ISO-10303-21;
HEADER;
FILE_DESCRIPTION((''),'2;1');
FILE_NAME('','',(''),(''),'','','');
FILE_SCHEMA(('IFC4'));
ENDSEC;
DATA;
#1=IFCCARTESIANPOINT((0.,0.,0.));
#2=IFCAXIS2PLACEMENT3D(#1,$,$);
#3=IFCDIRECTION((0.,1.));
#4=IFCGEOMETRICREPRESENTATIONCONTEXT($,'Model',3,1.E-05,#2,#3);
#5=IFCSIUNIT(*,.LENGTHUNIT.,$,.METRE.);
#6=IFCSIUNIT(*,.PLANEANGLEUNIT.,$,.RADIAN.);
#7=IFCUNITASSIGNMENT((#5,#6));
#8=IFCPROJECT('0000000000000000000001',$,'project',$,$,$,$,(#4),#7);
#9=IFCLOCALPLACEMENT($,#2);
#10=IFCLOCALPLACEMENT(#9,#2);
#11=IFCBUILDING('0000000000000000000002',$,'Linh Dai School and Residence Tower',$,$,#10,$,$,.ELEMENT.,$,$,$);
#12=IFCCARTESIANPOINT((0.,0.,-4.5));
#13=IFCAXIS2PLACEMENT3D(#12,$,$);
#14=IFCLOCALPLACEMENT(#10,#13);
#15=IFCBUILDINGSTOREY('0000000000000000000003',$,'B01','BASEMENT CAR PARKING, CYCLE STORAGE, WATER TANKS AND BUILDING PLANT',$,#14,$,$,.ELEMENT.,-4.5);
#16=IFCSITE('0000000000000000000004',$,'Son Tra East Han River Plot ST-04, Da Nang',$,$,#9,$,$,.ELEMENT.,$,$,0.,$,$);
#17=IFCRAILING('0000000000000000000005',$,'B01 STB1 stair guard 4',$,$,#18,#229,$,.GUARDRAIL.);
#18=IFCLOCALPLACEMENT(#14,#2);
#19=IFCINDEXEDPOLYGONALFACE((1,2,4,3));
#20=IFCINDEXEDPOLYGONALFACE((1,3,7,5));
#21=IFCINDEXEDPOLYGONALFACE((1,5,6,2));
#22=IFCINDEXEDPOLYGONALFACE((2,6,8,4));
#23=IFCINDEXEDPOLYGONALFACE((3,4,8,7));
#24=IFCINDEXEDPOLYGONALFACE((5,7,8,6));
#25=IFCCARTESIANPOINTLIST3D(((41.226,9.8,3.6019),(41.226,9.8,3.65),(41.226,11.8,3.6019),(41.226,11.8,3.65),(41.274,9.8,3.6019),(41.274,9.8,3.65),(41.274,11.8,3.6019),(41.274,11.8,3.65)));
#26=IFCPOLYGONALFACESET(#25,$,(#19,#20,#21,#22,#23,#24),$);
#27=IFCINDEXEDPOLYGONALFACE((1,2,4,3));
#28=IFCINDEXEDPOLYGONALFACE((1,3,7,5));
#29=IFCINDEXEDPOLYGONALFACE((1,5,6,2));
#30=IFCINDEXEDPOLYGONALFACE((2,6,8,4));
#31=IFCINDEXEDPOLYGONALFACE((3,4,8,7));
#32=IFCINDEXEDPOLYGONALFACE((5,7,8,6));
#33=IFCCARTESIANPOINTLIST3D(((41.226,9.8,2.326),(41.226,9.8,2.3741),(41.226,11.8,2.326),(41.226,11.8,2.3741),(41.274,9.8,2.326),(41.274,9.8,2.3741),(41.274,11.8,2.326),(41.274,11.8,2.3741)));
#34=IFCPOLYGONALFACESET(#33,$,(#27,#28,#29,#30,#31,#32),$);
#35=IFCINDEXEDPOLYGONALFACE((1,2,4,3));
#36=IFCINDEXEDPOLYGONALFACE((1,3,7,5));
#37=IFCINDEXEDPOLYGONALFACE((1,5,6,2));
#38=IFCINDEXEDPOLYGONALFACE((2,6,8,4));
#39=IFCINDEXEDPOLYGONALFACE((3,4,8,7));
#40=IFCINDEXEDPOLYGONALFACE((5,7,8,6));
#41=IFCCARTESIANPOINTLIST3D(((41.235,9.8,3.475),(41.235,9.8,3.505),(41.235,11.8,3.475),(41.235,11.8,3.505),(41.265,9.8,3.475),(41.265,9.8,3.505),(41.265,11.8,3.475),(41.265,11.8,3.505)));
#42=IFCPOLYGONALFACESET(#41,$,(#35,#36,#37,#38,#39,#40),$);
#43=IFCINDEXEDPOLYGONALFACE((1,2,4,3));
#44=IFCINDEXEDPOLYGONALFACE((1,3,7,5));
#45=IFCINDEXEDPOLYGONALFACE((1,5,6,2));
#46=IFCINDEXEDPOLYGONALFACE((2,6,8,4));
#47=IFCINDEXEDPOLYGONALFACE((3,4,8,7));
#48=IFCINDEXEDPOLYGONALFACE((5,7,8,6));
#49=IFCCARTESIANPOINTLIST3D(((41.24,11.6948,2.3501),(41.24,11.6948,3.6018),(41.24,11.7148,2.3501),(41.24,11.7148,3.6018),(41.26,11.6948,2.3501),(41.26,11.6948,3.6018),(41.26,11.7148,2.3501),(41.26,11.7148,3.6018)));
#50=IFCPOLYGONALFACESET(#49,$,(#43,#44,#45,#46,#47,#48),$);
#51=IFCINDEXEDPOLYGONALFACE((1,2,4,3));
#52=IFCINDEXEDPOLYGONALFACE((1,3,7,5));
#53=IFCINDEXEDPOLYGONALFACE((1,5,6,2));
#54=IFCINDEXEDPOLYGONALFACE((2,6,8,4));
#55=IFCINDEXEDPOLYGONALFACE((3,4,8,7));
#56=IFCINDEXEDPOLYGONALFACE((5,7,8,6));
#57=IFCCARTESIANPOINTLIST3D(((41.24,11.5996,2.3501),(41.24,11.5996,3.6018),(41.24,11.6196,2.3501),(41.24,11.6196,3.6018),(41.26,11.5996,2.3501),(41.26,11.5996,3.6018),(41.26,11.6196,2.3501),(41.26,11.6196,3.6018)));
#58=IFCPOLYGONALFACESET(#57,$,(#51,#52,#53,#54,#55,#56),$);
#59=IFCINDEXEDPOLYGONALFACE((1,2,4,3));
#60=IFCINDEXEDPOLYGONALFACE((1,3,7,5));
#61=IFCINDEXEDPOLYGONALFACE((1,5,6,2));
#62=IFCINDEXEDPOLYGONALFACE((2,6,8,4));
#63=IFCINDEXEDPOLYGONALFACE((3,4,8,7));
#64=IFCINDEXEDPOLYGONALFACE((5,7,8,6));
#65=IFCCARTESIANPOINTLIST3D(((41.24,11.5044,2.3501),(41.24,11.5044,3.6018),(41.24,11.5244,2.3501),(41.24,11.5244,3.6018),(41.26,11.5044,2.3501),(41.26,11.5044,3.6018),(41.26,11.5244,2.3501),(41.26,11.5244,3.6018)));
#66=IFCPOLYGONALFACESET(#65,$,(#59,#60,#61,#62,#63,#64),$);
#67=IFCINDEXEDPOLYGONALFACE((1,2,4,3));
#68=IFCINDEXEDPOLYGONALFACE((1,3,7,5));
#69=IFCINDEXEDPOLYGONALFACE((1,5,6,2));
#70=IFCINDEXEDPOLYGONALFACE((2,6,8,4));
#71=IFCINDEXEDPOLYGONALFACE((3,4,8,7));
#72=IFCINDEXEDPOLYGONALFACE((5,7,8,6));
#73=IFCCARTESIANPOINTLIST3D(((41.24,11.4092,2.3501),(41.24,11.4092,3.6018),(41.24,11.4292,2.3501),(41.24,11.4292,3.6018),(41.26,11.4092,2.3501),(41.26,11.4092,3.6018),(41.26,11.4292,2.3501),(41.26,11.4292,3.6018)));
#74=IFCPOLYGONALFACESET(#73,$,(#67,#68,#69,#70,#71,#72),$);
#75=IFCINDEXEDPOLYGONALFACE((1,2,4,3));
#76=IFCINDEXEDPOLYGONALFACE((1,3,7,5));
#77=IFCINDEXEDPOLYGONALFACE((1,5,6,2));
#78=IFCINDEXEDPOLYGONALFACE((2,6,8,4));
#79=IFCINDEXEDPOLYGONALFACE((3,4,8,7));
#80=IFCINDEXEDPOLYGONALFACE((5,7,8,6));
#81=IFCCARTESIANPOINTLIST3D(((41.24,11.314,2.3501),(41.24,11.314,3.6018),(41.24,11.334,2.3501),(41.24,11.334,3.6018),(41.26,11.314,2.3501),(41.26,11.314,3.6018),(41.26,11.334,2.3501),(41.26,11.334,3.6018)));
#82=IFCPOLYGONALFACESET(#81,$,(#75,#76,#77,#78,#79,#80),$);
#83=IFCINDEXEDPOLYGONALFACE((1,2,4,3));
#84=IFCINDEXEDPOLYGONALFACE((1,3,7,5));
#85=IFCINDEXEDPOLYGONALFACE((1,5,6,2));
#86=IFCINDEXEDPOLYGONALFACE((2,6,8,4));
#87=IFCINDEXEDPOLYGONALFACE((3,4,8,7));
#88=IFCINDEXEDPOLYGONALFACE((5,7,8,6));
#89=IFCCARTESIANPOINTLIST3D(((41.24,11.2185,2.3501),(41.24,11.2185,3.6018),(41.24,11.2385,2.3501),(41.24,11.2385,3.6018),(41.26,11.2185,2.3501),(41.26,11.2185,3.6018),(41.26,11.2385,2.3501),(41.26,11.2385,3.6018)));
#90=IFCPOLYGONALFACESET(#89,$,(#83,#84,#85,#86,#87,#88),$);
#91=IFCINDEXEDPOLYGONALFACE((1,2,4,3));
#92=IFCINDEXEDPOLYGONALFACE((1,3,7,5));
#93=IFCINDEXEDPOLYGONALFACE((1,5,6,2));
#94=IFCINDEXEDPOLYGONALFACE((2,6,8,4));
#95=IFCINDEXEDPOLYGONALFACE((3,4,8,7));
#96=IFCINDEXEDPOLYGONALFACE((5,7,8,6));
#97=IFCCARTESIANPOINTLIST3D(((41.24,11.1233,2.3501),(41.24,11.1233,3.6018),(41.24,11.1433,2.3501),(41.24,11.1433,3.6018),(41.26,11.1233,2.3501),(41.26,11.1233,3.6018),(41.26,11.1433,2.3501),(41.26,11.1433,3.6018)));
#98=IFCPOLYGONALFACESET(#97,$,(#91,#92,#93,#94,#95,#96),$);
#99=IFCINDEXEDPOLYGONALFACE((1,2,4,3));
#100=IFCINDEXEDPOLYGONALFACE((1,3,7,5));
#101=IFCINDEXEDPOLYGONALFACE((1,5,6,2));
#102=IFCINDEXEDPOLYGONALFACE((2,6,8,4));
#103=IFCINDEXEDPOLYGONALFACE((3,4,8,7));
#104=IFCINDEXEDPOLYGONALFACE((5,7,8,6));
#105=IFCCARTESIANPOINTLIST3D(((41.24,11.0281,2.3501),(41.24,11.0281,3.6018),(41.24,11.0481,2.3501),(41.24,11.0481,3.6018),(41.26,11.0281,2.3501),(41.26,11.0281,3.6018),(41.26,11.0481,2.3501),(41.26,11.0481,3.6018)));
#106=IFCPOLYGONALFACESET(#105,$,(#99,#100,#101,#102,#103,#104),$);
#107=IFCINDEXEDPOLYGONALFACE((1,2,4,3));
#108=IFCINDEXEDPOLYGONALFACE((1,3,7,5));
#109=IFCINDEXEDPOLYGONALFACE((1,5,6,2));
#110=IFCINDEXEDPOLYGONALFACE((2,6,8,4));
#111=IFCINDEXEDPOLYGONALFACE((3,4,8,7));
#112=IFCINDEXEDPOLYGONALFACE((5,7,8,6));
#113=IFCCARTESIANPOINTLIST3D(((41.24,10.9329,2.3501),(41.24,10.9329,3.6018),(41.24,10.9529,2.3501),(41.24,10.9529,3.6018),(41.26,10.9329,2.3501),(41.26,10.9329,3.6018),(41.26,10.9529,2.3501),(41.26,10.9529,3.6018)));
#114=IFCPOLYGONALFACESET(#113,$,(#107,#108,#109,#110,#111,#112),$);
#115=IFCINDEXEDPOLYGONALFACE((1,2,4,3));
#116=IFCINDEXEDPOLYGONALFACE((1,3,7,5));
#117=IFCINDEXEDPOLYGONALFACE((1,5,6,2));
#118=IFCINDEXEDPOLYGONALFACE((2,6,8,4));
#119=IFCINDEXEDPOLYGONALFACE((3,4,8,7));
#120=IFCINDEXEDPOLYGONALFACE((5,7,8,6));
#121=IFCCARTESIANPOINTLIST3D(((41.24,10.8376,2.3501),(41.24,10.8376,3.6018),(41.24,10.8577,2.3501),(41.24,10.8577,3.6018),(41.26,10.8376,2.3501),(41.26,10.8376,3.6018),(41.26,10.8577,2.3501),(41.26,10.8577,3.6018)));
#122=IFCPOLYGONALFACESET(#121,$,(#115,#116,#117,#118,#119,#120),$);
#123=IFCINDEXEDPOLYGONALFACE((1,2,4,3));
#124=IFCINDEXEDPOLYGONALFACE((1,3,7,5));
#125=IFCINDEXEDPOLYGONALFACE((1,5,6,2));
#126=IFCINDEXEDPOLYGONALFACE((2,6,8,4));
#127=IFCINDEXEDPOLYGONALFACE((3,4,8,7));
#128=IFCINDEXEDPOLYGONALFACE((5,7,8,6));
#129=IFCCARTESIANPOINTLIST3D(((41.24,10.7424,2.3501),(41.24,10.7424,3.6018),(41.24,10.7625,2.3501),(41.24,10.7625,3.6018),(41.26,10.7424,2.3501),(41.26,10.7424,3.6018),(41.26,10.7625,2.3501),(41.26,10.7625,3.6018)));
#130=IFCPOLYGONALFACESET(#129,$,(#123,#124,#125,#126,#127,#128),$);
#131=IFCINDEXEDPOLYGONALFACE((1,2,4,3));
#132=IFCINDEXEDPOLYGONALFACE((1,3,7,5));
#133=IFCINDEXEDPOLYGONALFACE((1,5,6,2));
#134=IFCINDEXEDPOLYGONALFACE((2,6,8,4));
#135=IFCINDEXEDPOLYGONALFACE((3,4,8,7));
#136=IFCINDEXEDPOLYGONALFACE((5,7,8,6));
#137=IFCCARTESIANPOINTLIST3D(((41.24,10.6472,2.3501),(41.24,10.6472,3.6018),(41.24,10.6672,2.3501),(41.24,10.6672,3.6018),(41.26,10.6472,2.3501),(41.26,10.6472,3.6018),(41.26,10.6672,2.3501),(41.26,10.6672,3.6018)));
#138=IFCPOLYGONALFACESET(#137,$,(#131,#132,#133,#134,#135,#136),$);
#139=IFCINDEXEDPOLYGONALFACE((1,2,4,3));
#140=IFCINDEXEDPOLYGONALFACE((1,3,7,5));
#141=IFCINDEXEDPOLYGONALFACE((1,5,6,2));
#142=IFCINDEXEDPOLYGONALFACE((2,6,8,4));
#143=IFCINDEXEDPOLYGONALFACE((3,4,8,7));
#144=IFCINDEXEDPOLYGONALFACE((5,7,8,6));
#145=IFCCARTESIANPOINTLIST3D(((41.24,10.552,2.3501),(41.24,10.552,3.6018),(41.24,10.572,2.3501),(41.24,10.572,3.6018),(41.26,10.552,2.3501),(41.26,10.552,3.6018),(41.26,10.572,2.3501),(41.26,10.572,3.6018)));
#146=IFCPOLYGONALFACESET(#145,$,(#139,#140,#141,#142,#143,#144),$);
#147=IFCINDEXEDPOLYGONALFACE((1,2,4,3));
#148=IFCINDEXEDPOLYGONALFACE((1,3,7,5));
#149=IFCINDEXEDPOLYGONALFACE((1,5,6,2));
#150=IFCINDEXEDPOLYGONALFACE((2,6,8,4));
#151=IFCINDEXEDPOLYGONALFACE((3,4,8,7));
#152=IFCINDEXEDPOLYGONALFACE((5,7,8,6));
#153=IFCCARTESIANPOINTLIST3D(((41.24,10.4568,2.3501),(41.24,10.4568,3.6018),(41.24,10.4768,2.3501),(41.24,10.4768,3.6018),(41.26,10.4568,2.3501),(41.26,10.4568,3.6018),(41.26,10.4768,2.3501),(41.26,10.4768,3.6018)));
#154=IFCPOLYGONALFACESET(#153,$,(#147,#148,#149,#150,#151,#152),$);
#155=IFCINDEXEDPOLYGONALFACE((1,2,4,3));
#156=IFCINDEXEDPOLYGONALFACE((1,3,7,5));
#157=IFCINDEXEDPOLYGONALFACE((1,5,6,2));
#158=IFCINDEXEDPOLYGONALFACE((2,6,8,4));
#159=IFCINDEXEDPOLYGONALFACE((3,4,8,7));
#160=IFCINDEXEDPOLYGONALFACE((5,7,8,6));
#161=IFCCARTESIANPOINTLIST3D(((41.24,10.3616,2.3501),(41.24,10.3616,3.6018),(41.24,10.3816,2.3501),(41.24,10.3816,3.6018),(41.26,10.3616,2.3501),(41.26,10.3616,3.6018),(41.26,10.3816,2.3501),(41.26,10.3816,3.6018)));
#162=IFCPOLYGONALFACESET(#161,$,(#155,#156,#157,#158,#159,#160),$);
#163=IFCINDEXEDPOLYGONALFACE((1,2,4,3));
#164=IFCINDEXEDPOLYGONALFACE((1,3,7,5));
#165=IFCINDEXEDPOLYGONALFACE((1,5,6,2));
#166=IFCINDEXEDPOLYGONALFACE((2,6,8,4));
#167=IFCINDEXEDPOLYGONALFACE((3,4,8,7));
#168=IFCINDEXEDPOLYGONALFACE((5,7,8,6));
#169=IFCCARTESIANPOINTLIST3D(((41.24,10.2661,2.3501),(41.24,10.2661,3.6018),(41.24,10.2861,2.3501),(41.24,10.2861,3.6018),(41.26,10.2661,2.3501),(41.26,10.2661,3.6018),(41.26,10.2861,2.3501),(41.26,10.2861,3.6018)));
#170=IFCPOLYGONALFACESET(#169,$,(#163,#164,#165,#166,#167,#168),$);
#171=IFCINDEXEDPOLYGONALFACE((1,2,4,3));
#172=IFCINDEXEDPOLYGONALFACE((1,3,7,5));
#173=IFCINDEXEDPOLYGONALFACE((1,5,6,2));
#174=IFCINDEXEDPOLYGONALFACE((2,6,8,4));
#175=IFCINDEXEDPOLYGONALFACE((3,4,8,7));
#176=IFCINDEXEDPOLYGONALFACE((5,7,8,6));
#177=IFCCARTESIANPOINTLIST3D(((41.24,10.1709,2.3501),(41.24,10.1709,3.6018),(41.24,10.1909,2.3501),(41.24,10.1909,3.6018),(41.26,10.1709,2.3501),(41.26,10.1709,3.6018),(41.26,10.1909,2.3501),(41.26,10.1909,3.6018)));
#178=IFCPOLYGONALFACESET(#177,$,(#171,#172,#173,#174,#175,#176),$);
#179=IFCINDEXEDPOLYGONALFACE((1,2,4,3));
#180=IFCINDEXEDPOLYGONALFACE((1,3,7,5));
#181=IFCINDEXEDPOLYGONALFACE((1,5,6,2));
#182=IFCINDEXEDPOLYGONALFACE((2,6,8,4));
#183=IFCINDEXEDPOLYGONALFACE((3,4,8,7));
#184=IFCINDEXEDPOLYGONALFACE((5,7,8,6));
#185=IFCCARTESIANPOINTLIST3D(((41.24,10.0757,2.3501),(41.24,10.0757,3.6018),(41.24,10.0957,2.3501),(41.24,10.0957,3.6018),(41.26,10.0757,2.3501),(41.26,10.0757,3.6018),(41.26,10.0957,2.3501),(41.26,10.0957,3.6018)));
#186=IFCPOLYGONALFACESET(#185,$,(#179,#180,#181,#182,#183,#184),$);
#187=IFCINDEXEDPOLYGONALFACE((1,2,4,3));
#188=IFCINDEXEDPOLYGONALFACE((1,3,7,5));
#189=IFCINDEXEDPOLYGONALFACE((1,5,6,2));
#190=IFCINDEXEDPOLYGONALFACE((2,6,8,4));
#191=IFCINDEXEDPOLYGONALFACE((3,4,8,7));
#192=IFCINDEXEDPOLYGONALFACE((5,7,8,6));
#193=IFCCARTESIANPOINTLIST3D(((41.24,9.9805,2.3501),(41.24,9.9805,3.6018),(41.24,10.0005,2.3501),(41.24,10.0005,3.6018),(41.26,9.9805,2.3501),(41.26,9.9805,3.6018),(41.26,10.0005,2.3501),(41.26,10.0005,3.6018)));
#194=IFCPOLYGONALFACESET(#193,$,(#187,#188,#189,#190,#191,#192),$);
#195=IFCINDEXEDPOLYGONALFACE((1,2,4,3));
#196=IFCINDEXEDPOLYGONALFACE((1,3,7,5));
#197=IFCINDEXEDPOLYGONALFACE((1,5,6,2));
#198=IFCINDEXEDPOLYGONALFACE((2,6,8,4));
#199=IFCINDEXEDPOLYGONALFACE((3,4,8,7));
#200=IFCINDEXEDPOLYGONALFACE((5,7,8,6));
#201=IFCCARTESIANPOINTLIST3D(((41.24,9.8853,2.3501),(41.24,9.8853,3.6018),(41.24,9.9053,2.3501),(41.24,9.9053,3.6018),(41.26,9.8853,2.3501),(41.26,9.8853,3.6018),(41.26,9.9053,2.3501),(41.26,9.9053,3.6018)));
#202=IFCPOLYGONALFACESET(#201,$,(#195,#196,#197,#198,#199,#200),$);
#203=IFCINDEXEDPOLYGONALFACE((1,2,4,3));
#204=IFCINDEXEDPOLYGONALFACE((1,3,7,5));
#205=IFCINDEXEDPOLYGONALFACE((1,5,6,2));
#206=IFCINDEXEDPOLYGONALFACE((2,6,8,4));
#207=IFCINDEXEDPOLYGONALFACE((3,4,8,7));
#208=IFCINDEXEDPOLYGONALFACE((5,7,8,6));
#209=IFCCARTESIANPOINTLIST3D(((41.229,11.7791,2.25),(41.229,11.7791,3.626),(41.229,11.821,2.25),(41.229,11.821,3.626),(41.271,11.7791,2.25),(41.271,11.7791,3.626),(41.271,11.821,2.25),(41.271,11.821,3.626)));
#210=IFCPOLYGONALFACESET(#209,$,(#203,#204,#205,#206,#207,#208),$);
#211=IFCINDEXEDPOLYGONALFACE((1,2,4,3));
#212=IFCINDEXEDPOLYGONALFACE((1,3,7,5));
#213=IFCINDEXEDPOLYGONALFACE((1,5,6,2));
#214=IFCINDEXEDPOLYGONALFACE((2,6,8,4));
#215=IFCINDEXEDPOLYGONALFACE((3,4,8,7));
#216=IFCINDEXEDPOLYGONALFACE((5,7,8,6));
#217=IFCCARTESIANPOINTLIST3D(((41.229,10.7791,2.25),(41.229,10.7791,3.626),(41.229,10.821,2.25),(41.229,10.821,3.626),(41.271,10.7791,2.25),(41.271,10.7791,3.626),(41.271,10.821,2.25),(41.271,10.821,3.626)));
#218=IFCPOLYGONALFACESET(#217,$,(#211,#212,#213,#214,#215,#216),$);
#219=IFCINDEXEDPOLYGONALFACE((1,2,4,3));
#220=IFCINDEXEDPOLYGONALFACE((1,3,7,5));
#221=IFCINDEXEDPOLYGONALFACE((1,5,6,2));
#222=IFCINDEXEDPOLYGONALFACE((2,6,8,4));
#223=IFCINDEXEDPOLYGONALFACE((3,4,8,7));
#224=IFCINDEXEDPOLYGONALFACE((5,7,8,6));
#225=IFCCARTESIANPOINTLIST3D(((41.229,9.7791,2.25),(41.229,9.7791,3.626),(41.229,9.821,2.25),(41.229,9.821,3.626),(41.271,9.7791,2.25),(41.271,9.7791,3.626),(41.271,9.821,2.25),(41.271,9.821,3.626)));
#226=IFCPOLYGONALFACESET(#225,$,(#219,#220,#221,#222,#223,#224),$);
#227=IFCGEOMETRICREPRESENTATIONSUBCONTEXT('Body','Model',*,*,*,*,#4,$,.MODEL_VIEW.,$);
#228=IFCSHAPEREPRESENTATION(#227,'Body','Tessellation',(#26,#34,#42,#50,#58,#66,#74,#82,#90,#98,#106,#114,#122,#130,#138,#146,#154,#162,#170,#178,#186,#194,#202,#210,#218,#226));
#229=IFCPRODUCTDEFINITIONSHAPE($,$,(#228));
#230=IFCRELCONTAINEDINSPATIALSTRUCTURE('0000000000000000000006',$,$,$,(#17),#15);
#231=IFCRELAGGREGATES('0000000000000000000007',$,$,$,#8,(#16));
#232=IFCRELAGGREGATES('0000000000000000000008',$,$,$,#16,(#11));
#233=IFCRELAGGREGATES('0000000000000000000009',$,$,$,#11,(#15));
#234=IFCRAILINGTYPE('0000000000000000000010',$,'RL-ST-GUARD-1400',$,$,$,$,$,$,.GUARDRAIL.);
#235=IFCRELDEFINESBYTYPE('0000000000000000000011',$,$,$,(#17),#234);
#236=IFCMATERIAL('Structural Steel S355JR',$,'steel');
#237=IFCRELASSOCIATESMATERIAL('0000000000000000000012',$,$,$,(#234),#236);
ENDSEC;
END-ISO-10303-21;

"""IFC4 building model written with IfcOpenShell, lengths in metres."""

from ifc_helpers import new_model, si_unit, direction, frame, origin, origin_2d, place, context, subcontext, project, spatial, rectangle, extrude, source, transform, mapped, material, type_object, element, save


model = new_model("IFC4")

# Units and contexts
model_context = context("Model", 3, precision=1e-05, world=origin(), true_north=direction((0.0, 1.0)))
body_context = subcontext(model_context, "Body", "Model", "MODEL_VIEW")
ifc_project = project(units=[si_unit("LENGTHUNIT", "METRE"), si_unit("PLANEANGLEUNIT", "RADIAN")], contexts=[model_context])

# Site, building, storey
site_placement = place(None, origin())
site = spatial("IfcSite", under=ifc_project, at=site_placement, Name="Son Tra East Han River Plot ST-04, Da Nang", CompositionType="ELEMENT", RefElevation=0.0)
building_placement = place(site_placement, origin())
building = spatial("IfcBuilding", under=site, at=building_placement, Name="Linh Dai School and Residence Tower", CompositionType="ELEMENT")
storey_placement = place(building_placement, frame((0.0, 0.0, -4.5)))
storey = spatial("IfcBuildingStorey", under=building, at=storey_placement, Name="B01", Description="BASEMENT CAR PARKING, CYCLE STORAGE, WATER TANKS AND BUILDING PLANT", CompositionType="ELEMENT", Elevation=-4.5)

# Shared definitions
ifc_material_1 = material(Name="Structural Steel S355JR", Category="steel")

# Railing
railing_type_1 = type_object("IfcRailingType", Name="RL-ST-GUARD-1400", PredefinedType="GUARDRAIL", material=ifc_material_1)
shared_shape_1 = source(origin(), body_context, "Body", "SweptSolid", [
    extrude(rectangle(XDim=0.0481, YDim=0.0481, at=origin_2d()), frame((0.0, 0.0, 1.376), z_axis=(0.0, -1.0, 0.0), x_axis=(1.0, 0.0, 0.0)), (0.0, 0.0, 1.0), 2.0),
    extrude(rectangle(XDim=0.0481, YDim=0.0481, at=origin_2d()), frame((0.0, 0.0, 0.1001), z_axis=(0.0, -1.0, 0.0), x_axis=(1.0, 0.0, 0.0)), (0.0, 0.0, 1.0), 2.0),
    extrude(rectangle(XDim=0.03, YDim=0.03, at=origin_2d()), frame((0.0, 0.0, 1.24), z_axis=(0.0, -1.0, 0.0), x_axis=(1.0, 0.0, 0.0)), (0.0, 0.0, 1.0), 2.0),
    extrude(rectangle(XDim=0.02, YDim=0.02, at=origin_2d()), frame((0.0, -0.0952, 0.1001)), (0.0, 0.0, 1.0), 1.2517),
    extrude(rectangle(XDim=0.02, YDim=0.02, at=origin_2d()), frame((0.0, -0.1904, 0.1001)), (0.0, 0.0, 1.0), 1.2517),
    extrude(rectangle(XDim=0.02, YDim=0.02, at=origin_2d()), frame((0.0, -0.2856, 0.1001)), (0.0, 0.0, 1.0), 1.2517),
    extrude(rectangle(XDim=0.02, YDim=0.02, at=origin_2d()), frame((0.0, -0.3809, 0.1001)), (0.0, 0.0, 1.0), 1.2517),
    extrude(rectangle(XDim=0.02, YDim=0.02, at=origin_2d()), frame((0.0, -0.4761, 0.1001)), (0.0, 0.0, 1.0), 1.2517),
    extrude(rectangle(XDim=0.02, YDim=0.02, at=origin_2d()), frame((0.0, -0.5715, 0.1001)), (0.0, 0.0, 1.0), 1.2517),
    extrude(rectangle(XDim=0.02, YDim=0.02, at=origin_2d()), frame((0.0, -0.6667, 0.1001)), (0.0, 0.0, 1.0), 1.2517),
    extrude(rectangle(XDim=0.02, YDim=0.02, at=origin_2d()), frame((0.0, -0.762, 0.1001)), (0.0, 0.0, 1.0), 1.2517),
    extrude(rectangle(XDim=0.02, YDim=0.02, at=origin_2d()), frame((0.0, -0.8572, 0.1001)), (0.0, 0.0, 1.0), 1.2517),
    extrude(rectangle(XDim=0.02, YDim=0.02, at=origin_2d()), frame((0.0, -0.9524, 0.1001)), (0.0, 0.0, 1.0), 1.2517),
    extrude(rectangle(XDim=0.02, YDim=0.02, at=origin_2d()), frame((0.0, -1.0476, 0.1001)), (0.0, 0.0, 1.0), 1.2517),
    extrude(rectangle(XDim=0.02, YDim=0.02, at=origin_2d()), frame((0.0, -1.1428, 0.1001)), (0.0, 0.0, 1.0), 1.2517),
    extrude(rectangle(XDim=0.02, YDim=0.02, at=origin_2d()), frame((0.0, -1.238, 0.1001)), (0.0, 0.0, 1.0), 1.2517),
    extrude(rectangle(XDim=0.02, YDim=0.02, at=origin_2d()), frame((0.0, -1.3333, 0.1001)), (0.0, 0.0, 1.0), 1.2517),
    extrude(rectangle(XDim=0.02, YDim=0.02, at=origin_2d()), frame((0.0, -1.4285, 0.1001)), (0.0, 0.0, 1.0), 1.2517),
    extrude(rectangle(XDim=0.02, YDim=0.02, at=origin_2d()), frame((0.0, -1.5239, 0.1001)), (0.0, 0.0, 1.0), 1.2517),
    extrude(rectangle(XDim=0.02, YDim=0.02, at=origin_2d()), frame((0.0, -1.6191, 0.1001)), (0.0, 0.0, 1.0), 1.2517),
    extrude(rectangle(XDim=0.02, YDim=0.02, at=origin_2d()), frame((0.0, -1.7144, 0.1001)), (0.0, 0.0, 1.0), 1.2517),
    extrude(rectangle(XDim=0.02, YDim=0.02, at=origin_2d()), frame((0.0, -1.8096, 0.1001)), (0.0, 0.0, 1.0), 1.2517),
    extrude(rectangle(XDim=0.02, YDim=0.02, at=origin_2d()), frame((0.0, -1.9048, 0.1001)), (0.0, 0.0, 1.0), 1.2517),
    extrude(rectangle(XDim=0.042, YDim=0.042, at=origin_2d()), origin(), (0.0, 0.0, 1.0), 1.376),
    extrude(rectangle(XDim=0.042, YDim=0.042, at=origin_2d()), frame((0.0, -1.0, 0.0)), (0.0, 0.0, 1.0), 1.376),
    extrude(rectangle(XDim=0.042, YDim=0.042, at=origin_2d()), frame((0.0, -2.0, 0.0)), (0.0, 0.0, 1.0), 1.376),
])
railing_1_placement = place(storey_placement, frame((41.25, 11.8, 2.25)))
element("IfcRailing", 1, at=railing_1_placement, inside=storey, type_object=railing_type_1, Name="B01 STB1 stair guard 4", PredefinedType="GUARDRAIL", context=body_context, shape_type="MappedRepresentation", body=[
    mapped(shared_shape_1, transform((0.0, 0.0, 0.0), x_axis=(1.0, 0.0, 0.0), y_axis=(0.0, 1.0, 0.0), z_axis=(0.0, 0.0, 1.0), scale=1.0)),
])

save(model, "model.ifc")
